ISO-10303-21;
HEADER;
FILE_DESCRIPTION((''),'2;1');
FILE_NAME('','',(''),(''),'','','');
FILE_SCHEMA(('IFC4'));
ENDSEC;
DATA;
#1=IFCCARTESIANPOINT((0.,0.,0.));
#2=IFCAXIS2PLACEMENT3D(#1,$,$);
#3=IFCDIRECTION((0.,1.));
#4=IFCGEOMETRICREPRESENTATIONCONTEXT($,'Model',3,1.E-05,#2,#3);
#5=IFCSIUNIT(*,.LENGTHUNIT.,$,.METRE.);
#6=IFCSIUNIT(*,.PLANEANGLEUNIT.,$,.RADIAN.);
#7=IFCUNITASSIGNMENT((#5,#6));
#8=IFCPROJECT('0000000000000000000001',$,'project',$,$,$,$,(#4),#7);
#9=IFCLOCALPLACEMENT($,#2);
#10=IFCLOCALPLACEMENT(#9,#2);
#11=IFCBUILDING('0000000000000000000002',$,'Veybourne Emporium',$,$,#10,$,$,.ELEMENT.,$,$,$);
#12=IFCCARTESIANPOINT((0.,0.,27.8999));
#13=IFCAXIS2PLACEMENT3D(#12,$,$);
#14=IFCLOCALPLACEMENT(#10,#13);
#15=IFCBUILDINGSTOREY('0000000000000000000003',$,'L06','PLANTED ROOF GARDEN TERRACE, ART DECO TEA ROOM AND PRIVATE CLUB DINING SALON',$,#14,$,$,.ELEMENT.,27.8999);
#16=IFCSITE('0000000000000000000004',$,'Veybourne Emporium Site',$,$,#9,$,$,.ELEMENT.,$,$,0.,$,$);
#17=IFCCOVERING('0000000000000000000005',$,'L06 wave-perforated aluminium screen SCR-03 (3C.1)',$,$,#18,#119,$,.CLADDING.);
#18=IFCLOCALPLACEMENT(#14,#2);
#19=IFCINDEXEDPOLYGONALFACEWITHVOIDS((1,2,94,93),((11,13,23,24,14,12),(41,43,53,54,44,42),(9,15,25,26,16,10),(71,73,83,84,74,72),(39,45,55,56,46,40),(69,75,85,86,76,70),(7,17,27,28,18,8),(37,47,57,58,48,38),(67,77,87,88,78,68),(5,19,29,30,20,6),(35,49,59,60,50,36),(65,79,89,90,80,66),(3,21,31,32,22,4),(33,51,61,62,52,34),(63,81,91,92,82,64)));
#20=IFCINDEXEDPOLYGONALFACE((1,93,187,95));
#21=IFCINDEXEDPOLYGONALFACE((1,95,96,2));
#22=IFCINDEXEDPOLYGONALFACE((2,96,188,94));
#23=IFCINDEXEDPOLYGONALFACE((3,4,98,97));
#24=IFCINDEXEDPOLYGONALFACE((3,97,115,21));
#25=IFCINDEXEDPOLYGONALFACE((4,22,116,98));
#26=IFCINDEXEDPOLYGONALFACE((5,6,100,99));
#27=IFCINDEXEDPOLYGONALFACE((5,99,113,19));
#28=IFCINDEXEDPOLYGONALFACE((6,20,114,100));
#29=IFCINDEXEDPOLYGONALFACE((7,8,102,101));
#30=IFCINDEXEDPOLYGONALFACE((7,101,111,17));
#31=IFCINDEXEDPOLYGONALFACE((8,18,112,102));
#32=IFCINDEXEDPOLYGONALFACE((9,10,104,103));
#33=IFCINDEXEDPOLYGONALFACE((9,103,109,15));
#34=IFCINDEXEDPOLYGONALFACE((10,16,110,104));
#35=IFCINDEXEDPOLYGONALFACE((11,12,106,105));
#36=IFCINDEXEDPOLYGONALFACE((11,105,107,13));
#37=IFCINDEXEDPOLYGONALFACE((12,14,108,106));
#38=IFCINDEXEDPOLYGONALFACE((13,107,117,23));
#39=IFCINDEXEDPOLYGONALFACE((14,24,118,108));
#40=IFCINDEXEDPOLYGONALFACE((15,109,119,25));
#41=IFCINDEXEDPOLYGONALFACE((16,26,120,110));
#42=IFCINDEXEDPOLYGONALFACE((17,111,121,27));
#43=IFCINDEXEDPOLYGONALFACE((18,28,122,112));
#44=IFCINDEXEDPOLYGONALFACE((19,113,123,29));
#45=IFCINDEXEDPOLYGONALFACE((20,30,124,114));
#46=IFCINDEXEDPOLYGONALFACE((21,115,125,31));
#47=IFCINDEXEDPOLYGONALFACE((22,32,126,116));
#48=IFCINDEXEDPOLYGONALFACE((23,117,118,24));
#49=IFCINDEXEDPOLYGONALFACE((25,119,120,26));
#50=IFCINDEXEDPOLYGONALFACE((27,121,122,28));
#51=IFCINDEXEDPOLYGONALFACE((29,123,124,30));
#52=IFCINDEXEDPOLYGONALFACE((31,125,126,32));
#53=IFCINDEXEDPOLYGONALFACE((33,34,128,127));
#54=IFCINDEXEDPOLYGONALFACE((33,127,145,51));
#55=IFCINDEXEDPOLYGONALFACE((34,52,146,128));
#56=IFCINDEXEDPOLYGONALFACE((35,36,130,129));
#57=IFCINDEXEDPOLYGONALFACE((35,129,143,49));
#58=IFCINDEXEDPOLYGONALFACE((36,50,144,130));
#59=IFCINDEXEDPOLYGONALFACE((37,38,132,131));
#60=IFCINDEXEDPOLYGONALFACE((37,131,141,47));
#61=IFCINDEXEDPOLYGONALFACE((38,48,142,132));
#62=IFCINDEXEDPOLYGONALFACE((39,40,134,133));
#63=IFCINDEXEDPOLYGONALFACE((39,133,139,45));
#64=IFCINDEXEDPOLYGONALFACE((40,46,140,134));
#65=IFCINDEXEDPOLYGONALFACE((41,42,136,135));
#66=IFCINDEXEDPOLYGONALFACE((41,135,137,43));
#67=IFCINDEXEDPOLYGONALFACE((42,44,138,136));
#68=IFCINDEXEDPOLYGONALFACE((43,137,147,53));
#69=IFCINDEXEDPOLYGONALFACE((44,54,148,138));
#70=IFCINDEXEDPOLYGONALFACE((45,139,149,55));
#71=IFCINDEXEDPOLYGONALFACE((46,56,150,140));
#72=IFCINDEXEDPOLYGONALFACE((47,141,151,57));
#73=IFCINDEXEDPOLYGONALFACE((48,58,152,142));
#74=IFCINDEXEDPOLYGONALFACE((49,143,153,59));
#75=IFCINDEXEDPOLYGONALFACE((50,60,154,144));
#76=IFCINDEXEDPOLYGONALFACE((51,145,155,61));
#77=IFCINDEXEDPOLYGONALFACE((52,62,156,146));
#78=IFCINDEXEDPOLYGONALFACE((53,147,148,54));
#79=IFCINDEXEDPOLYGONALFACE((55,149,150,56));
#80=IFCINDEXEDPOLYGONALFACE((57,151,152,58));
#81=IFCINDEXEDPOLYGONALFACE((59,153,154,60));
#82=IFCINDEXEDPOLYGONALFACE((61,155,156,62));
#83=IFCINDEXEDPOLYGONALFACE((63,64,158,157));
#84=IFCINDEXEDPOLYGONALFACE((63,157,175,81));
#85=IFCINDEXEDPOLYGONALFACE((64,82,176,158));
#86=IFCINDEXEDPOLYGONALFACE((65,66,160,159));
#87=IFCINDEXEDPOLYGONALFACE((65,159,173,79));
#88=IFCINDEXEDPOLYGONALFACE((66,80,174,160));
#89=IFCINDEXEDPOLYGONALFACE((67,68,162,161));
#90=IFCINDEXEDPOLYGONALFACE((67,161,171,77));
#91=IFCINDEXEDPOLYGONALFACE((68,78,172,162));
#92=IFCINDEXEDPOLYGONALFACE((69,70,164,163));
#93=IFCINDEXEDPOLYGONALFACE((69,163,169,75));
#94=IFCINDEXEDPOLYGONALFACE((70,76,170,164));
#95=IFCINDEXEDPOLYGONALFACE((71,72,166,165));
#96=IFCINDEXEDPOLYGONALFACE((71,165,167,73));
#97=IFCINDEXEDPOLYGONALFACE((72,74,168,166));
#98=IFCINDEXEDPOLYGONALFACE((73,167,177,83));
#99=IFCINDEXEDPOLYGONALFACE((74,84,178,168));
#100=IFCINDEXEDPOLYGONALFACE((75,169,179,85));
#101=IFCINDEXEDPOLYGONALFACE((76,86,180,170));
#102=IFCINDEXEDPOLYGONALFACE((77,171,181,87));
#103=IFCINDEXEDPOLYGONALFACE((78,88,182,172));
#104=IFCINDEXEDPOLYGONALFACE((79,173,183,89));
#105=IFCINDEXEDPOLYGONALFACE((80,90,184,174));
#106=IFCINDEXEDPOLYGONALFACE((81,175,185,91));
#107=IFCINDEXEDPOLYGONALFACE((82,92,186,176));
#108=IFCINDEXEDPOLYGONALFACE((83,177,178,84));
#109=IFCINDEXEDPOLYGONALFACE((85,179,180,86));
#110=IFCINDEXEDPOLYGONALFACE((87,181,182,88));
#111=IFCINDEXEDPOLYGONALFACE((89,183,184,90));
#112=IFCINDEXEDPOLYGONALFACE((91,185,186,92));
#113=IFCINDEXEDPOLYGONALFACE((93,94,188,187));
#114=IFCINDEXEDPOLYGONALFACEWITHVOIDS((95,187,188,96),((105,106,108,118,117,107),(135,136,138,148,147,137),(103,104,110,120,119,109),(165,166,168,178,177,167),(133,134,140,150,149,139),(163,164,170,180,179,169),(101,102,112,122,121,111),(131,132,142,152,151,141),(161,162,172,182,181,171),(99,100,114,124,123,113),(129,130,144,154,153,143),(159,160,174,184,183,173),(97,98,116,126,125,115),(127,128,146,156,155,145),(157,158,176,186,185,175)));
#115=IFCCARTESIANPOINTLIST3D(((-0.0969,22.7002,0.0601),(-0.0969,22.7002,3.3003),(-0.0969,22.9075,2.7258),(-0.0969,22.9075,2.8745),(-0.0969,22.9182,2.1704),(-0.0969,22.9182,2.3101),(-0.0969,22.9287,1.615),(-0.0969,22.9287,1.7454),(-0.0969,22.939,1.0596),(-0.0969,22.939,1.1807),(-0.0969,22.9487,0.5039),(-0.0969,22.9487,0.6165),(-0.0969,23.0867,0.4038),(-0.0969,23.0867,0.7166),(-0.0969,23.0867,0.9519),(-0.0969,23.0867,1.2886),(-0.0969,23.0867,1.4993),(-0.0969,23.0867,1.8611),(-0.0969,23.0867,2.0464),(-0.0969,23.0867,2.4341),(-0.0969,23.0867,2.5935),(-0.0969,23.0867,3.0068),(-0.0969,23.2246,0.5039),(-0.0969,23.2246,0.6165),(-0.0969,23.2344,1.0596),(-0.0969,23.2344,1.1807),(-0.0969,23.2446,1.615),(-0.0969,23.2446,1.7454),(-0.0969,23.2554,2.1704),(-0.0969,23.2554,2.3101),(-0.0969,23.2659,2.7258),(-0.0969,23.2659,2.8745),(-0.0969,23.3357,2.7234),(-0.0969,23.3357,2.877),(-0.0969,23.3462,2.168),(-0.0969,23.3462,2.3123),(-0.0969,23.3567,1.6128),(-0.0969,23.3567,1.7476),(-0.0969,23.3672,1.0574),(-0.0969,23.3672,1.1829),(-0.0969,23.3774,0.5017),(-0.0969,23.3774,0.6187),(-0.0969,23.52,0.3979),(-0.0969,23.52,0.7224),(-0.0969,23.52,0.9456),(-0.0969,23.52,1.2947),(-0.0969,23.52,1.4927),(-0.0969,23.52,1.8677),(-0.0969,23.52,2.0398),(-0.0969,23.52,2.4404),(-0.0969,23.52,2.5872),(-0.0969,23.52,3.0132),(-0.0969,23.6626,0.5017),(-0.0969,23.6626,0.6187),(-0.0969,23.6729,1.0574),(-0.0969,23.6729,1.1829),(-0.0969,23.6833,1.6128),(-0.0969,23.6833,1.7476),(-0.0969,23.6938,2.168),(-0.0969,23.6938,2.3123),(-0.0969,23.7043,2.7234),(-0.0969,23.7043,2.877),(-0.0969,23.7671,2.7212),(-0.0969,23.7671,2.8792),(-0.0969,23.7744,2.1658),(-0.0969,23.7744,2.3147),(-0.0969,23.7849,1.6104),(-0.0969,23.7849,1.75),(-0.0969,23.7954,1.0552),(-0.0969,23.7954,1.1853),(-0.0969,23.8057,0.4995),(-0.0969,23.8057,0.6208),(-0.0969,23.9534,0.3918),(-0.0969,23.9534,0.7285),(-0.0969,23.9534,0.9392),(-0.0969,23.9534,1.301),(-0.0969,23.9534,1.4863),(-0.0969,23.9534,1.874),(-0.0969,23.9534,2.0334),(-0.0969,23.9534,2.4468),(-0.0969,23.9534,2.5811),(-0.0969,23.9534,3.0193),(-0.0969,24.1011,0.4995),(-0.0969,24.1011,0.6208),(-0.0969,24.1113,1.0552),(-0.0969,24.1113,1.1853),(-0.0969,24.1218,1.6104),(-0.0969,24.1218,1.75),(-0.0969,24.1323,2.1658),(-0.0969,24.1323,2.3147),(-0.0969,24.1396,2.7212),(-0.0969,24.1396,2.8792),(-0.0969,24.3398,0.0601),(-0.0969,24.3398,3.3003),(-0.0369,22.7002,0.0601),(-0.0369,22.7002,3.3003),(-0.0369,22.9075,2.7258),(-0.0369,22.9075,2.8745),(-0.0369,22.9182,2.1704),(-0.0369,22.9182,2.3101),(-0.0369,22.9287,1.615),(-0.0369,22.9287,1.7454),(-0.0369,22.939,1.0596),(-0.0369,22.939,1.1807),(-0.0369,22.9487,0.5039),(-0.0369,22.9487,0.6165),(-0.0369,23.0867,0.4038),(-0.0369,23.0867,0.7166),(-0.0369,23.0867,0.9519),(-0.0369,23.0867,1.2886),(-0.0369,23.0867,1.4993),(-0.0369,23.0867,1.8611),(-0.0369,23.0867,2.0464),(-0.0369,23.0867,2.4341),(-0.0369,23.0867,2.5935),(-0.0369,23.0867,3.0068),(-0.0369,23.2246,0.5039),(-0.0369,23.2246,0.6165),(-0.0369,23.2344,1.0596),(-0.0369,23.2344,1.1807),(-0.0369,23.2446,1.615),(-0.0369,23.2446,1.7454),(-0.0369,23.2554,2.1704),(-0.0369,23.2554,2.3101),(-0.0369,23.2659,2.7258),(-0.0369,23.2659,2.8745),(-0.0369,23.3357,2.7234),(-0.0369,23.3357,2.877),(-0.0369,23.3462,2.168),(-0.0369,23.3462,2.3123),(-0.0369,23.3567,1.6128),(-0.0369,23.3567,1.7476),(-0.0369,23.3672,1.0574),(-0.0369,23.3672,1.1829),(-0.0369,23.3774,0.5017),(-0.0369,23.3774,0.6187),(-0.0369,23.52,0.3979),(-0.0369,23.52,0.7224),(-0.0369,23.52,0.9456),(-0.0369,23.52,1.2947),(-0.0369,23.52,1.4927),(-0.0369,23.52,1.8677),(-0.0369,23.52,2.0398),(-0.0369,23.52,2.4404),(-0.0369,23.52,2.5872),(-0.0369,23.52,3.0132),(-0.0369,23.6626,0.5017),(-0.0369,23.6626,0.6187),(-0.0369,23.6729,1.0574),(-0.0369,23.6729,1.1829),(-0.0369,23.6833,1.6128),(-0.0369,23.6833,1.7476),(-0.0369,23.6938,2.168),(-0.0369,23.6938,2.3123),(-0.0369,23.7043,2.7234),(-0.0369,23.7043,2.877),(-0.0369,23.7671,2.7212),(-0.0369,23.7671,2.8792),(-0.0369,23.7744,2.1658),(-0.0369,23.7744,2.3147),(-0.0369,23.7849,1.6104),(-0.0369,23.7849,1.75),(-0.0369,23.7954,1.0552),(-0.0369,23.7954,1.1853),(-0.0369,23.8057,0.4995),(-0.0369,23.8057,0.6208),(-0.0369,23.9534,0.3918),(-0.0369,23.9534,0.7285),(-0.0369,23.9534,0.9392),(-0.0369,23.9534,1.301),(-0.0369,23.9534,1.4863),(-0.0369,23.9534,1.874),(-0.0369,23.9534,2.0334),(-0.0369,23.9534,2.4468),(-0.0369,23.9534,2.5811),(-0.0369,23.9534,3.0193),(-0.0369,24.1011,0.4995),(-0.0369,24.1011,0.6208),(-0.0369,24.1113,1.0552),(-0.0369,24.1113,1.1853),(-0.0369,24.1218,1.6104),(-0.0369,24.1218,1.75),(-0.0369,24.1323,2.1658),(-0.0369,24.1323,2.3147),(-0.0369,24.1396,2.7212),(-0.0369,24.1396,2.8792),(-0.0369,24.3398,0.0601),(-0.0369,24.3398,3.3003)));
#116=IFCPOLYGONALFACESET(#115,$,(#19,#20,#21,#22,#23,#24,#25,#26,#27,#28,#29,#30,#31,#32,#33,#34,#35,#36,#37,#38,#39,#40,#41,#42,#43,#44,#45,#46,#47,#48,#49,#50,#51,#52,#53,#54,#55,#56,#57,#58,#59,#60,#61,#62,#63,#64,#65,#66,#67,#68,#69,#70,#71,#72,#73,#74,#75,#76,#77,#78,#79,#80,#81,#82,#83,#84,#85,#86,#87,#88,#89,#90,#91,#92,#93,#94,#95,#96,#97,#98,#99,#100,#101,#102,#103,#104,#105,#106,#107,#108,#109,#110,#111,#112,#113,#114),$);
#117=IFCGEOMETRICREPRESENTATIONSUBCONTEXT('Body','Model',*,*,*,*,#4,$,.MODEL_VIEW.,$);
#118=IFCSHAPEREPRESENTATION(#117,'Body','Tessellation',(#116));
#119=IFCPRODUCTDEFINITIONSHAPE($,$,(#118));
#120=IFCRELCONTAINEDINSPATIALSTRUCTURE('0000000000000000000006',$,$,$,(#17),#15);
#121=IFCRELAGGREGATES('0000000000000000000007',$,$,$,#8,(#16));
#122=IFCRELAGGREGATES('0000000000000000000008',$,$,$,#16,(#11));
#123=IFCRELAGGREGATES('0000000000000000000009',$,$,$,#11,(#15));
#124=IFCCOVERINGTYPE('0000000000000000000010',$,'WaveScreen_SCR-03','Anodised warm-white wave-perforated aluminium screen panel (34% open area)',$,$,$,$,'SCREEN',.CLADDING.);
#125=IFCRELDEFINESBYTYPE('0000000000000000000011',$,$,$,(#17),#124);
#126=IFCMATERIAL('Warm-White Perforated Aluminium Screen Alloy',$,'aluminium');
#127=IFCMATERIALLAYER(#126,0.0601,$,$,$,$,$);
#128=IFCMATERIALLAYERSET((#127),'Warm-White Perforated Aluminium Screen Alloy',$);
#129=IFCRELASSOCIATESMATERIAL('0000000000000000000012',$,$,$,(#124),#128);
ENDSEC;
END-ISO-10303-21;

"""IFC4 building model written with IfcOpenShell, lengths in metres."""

from ifc_helpers import new_model, si_unit, direction, frame, origin, place, context, subcontext, project, spatial, polyline, outline, extrude, material, layer, layer_set, type_object, element, save


model = new_model("IFC4")

# Units and contexts
model_context = context("Model", 3, precision=1e-05, world=origin(), true_north=direction((0.0, 1.0)))
body_context = subcontext(model_context, "Body", "Model", "MODEL_VIEW")
ifc_project = project(units=[si_unit("LENGTHUNIT", "METRE"), si_unit("PLANEANGLEUNIT", "RADIAN")], contexts=[model_context])

# Site, building, storey
site_placement = place(None, origin())
site = spatial("IfcSite", under=ifc_project, at=site_placement, Name="Veybourne Emporium Site", CompositionType="ELEMENT", RefElevation=0.0)
building_placement = place(site_placement, origin())
building = spatial("IfcBuilding", under=site, at=building_placement, Name="Veybourne Emporium", CompositionType="ELEMENT")
storey_placement = place(building_placement, frame((0.0, 0.0, 27.8999)))
storey = spatial("IfcBuildingStorey", under=building, at=storey_placement, Name="L06", Description="PLANTED ROOF GARDEN TERRACE, ART DECO TEA ROOM AND PRIVATE CLUB DINING SALON", CompositionType="ELEMENT", Elevation=27.8999)

# Covering
ifc_material_1 = material(Name="Warm-White Perforated Aluminium Screen Alloy", Category="aluminium")
ifc_layer_1 = layer(ifc_material_1, 0.0601)
ifc_layer_set_1 = layer_set([ifc_layer_1], Name="Warm-White Perforated Aluminium Screen Alloy")
covering_type_1 = type_object("IfcCoveringType", Name="WaveScreen_SCR-03", Description="Anodised warm-white wave-perforated aluminium screen panel (34% open area)", ElementType="SCREEN", PredefinedType="CLADDING", material=ifc_layer_set_1)
covering_1_placement = place(storey_placement, frame((-0.0969, 23.52, 1.6802), z_axis=(1.0, 0.0, 0.0), x_axis=(0.0, 1.0, 0.0)))
element("IfcCovering", 1, at=covering_1_placement, inside=storey, type_object=covering_type_1, Name="L06 wave-perforated aluminium screen SCR-03 (3C.1)", PredefinedType="CLADDING", context=body_context, shape_type="SweptSolid", body=[
    extrude(outline(polyline([(-0.8198, -1.6201), (0.8198, -1.6201), (0.8198, 1.6201), (-0.8198, 1.6201), (-0.8198, -1.6201)]), holes=[polyline([(-0.4333, -0.9636), (-0.2954, -1.0637), (-0.2954, -1.1763), (-0.4333, -1.2764), (-0.5713, -1.1763), (-0.5713, -1.0637), (-0.4333, -0.9636)]), polyline([(-0.4333, -0.3916), (-0.2856, -0.4995), (-0.2856, -0.6206), (-0.4333, -0.7283), (-0.5811, -0.6206), (-0.5811, -0.4995), (-0.4333, -0.3916)]), polyline([(-0.4333, 0.1809), (-0.2754, 0.0652), (-0.2754, -0.0652), (-0.4333, -0.1809), (-0.5913, -0.0652), (-0.5913, 0.0652), (-0.4333, 0.1809)]), polyline([(-0.4333, 0.7539), (-0.2646, 0.6299), (-0.2646, 0.4902), (-0.4333, 0.3662), (-0.6018, 0.4902), (-0.6018, 0.6299), (-0.4333, 0.7539)]), polyline([(-0.4333, 1.3267), (-0.2542, 1.1943), (-0.2542, 1.0457), (-0.4333, 0.9133), (-0.6125, 1.0457), (-0.6125, 1.1943), (-0.4333, 1.3267)]), polyline([(0.0, -0.9578), (0.1426, -1.0615), (0.1426, -1.1785), (0.0, -1.2822), (-0.1426, -1.1785), (-0.1426, -1.0615), (0.0, -0.9578)]), polyline([(0.0, -0.3855), (0.1528, -0.4973), (0.1528, -0.6228), (0.0, -0.7346), (-0.1528, -0.6228), (-0.1528, -0.4973), (0.0, -0.3855)]), polyline([(0.0, 0.1875), (0.1633, 0.0674), (0.1633, -0.0674), (0.0, -0.1875), (-0.1633, -0.0674), (-0.1633, 0.0674), (0.0, 0.1875)]), polyline([(0.0, 0.7603), (0.1738, 0.6321), (0.1738, 0.4878), (0.0, 0.3596), (-0.1738, 0.4878), (-0.1738, 0.6321), (0.0, 0.7603)]), polyline([(0.0, 1.333), (0.1843, 1.1968), (0.1843, 1.0432), (0.0, 0.907), (-0.1843, 1.0432), (-0.1843, 1.1968), (0.0, 1.333)]), polyline([(0.4333, -0.9517), (0.5811, -1.0593), (0.5811, -1.1807), (0.4333, -1.2883), (0.2856, -1.1807), (0.2856, -1.0593), (0.4333, -0.9517)]), polyline([(0.4333, -0.3792), (0.5913, -0.4949), (0.5913, -0.625), (0.4333, -0.741), (0.2754, -0.625), (0.2754, -0.4949), (0.4333, -0.3792)]), polyline([(0.4333, 0.1938), (0.6018, 0.0698), (0.6018, -0.0698), (0.4333, -0.1938), (0.2649, -0.0698), (0.2649, 0.0698), (0.4333, 0.1938)]), polyline([(0.4333, 0.7666), (0.6123, 0.6345), (0.6123, 0.4856), (0.4333, 0.3533), (0.2544, 0.4856), (0.2544, 0.6345), (0.4333, 0.7666)]), polyline([(0.4333, 1.3391), (0.6196, 1.199), (0.6196, 1.041), (0.4333, 0.9009), (0.2471, 1.041), (0.2471, 1.199), (0.4333, 1.3391)])]), origin(), (0.0, 0.0, 1.0), 0.0601),
])

save(model, "model.ifc")
